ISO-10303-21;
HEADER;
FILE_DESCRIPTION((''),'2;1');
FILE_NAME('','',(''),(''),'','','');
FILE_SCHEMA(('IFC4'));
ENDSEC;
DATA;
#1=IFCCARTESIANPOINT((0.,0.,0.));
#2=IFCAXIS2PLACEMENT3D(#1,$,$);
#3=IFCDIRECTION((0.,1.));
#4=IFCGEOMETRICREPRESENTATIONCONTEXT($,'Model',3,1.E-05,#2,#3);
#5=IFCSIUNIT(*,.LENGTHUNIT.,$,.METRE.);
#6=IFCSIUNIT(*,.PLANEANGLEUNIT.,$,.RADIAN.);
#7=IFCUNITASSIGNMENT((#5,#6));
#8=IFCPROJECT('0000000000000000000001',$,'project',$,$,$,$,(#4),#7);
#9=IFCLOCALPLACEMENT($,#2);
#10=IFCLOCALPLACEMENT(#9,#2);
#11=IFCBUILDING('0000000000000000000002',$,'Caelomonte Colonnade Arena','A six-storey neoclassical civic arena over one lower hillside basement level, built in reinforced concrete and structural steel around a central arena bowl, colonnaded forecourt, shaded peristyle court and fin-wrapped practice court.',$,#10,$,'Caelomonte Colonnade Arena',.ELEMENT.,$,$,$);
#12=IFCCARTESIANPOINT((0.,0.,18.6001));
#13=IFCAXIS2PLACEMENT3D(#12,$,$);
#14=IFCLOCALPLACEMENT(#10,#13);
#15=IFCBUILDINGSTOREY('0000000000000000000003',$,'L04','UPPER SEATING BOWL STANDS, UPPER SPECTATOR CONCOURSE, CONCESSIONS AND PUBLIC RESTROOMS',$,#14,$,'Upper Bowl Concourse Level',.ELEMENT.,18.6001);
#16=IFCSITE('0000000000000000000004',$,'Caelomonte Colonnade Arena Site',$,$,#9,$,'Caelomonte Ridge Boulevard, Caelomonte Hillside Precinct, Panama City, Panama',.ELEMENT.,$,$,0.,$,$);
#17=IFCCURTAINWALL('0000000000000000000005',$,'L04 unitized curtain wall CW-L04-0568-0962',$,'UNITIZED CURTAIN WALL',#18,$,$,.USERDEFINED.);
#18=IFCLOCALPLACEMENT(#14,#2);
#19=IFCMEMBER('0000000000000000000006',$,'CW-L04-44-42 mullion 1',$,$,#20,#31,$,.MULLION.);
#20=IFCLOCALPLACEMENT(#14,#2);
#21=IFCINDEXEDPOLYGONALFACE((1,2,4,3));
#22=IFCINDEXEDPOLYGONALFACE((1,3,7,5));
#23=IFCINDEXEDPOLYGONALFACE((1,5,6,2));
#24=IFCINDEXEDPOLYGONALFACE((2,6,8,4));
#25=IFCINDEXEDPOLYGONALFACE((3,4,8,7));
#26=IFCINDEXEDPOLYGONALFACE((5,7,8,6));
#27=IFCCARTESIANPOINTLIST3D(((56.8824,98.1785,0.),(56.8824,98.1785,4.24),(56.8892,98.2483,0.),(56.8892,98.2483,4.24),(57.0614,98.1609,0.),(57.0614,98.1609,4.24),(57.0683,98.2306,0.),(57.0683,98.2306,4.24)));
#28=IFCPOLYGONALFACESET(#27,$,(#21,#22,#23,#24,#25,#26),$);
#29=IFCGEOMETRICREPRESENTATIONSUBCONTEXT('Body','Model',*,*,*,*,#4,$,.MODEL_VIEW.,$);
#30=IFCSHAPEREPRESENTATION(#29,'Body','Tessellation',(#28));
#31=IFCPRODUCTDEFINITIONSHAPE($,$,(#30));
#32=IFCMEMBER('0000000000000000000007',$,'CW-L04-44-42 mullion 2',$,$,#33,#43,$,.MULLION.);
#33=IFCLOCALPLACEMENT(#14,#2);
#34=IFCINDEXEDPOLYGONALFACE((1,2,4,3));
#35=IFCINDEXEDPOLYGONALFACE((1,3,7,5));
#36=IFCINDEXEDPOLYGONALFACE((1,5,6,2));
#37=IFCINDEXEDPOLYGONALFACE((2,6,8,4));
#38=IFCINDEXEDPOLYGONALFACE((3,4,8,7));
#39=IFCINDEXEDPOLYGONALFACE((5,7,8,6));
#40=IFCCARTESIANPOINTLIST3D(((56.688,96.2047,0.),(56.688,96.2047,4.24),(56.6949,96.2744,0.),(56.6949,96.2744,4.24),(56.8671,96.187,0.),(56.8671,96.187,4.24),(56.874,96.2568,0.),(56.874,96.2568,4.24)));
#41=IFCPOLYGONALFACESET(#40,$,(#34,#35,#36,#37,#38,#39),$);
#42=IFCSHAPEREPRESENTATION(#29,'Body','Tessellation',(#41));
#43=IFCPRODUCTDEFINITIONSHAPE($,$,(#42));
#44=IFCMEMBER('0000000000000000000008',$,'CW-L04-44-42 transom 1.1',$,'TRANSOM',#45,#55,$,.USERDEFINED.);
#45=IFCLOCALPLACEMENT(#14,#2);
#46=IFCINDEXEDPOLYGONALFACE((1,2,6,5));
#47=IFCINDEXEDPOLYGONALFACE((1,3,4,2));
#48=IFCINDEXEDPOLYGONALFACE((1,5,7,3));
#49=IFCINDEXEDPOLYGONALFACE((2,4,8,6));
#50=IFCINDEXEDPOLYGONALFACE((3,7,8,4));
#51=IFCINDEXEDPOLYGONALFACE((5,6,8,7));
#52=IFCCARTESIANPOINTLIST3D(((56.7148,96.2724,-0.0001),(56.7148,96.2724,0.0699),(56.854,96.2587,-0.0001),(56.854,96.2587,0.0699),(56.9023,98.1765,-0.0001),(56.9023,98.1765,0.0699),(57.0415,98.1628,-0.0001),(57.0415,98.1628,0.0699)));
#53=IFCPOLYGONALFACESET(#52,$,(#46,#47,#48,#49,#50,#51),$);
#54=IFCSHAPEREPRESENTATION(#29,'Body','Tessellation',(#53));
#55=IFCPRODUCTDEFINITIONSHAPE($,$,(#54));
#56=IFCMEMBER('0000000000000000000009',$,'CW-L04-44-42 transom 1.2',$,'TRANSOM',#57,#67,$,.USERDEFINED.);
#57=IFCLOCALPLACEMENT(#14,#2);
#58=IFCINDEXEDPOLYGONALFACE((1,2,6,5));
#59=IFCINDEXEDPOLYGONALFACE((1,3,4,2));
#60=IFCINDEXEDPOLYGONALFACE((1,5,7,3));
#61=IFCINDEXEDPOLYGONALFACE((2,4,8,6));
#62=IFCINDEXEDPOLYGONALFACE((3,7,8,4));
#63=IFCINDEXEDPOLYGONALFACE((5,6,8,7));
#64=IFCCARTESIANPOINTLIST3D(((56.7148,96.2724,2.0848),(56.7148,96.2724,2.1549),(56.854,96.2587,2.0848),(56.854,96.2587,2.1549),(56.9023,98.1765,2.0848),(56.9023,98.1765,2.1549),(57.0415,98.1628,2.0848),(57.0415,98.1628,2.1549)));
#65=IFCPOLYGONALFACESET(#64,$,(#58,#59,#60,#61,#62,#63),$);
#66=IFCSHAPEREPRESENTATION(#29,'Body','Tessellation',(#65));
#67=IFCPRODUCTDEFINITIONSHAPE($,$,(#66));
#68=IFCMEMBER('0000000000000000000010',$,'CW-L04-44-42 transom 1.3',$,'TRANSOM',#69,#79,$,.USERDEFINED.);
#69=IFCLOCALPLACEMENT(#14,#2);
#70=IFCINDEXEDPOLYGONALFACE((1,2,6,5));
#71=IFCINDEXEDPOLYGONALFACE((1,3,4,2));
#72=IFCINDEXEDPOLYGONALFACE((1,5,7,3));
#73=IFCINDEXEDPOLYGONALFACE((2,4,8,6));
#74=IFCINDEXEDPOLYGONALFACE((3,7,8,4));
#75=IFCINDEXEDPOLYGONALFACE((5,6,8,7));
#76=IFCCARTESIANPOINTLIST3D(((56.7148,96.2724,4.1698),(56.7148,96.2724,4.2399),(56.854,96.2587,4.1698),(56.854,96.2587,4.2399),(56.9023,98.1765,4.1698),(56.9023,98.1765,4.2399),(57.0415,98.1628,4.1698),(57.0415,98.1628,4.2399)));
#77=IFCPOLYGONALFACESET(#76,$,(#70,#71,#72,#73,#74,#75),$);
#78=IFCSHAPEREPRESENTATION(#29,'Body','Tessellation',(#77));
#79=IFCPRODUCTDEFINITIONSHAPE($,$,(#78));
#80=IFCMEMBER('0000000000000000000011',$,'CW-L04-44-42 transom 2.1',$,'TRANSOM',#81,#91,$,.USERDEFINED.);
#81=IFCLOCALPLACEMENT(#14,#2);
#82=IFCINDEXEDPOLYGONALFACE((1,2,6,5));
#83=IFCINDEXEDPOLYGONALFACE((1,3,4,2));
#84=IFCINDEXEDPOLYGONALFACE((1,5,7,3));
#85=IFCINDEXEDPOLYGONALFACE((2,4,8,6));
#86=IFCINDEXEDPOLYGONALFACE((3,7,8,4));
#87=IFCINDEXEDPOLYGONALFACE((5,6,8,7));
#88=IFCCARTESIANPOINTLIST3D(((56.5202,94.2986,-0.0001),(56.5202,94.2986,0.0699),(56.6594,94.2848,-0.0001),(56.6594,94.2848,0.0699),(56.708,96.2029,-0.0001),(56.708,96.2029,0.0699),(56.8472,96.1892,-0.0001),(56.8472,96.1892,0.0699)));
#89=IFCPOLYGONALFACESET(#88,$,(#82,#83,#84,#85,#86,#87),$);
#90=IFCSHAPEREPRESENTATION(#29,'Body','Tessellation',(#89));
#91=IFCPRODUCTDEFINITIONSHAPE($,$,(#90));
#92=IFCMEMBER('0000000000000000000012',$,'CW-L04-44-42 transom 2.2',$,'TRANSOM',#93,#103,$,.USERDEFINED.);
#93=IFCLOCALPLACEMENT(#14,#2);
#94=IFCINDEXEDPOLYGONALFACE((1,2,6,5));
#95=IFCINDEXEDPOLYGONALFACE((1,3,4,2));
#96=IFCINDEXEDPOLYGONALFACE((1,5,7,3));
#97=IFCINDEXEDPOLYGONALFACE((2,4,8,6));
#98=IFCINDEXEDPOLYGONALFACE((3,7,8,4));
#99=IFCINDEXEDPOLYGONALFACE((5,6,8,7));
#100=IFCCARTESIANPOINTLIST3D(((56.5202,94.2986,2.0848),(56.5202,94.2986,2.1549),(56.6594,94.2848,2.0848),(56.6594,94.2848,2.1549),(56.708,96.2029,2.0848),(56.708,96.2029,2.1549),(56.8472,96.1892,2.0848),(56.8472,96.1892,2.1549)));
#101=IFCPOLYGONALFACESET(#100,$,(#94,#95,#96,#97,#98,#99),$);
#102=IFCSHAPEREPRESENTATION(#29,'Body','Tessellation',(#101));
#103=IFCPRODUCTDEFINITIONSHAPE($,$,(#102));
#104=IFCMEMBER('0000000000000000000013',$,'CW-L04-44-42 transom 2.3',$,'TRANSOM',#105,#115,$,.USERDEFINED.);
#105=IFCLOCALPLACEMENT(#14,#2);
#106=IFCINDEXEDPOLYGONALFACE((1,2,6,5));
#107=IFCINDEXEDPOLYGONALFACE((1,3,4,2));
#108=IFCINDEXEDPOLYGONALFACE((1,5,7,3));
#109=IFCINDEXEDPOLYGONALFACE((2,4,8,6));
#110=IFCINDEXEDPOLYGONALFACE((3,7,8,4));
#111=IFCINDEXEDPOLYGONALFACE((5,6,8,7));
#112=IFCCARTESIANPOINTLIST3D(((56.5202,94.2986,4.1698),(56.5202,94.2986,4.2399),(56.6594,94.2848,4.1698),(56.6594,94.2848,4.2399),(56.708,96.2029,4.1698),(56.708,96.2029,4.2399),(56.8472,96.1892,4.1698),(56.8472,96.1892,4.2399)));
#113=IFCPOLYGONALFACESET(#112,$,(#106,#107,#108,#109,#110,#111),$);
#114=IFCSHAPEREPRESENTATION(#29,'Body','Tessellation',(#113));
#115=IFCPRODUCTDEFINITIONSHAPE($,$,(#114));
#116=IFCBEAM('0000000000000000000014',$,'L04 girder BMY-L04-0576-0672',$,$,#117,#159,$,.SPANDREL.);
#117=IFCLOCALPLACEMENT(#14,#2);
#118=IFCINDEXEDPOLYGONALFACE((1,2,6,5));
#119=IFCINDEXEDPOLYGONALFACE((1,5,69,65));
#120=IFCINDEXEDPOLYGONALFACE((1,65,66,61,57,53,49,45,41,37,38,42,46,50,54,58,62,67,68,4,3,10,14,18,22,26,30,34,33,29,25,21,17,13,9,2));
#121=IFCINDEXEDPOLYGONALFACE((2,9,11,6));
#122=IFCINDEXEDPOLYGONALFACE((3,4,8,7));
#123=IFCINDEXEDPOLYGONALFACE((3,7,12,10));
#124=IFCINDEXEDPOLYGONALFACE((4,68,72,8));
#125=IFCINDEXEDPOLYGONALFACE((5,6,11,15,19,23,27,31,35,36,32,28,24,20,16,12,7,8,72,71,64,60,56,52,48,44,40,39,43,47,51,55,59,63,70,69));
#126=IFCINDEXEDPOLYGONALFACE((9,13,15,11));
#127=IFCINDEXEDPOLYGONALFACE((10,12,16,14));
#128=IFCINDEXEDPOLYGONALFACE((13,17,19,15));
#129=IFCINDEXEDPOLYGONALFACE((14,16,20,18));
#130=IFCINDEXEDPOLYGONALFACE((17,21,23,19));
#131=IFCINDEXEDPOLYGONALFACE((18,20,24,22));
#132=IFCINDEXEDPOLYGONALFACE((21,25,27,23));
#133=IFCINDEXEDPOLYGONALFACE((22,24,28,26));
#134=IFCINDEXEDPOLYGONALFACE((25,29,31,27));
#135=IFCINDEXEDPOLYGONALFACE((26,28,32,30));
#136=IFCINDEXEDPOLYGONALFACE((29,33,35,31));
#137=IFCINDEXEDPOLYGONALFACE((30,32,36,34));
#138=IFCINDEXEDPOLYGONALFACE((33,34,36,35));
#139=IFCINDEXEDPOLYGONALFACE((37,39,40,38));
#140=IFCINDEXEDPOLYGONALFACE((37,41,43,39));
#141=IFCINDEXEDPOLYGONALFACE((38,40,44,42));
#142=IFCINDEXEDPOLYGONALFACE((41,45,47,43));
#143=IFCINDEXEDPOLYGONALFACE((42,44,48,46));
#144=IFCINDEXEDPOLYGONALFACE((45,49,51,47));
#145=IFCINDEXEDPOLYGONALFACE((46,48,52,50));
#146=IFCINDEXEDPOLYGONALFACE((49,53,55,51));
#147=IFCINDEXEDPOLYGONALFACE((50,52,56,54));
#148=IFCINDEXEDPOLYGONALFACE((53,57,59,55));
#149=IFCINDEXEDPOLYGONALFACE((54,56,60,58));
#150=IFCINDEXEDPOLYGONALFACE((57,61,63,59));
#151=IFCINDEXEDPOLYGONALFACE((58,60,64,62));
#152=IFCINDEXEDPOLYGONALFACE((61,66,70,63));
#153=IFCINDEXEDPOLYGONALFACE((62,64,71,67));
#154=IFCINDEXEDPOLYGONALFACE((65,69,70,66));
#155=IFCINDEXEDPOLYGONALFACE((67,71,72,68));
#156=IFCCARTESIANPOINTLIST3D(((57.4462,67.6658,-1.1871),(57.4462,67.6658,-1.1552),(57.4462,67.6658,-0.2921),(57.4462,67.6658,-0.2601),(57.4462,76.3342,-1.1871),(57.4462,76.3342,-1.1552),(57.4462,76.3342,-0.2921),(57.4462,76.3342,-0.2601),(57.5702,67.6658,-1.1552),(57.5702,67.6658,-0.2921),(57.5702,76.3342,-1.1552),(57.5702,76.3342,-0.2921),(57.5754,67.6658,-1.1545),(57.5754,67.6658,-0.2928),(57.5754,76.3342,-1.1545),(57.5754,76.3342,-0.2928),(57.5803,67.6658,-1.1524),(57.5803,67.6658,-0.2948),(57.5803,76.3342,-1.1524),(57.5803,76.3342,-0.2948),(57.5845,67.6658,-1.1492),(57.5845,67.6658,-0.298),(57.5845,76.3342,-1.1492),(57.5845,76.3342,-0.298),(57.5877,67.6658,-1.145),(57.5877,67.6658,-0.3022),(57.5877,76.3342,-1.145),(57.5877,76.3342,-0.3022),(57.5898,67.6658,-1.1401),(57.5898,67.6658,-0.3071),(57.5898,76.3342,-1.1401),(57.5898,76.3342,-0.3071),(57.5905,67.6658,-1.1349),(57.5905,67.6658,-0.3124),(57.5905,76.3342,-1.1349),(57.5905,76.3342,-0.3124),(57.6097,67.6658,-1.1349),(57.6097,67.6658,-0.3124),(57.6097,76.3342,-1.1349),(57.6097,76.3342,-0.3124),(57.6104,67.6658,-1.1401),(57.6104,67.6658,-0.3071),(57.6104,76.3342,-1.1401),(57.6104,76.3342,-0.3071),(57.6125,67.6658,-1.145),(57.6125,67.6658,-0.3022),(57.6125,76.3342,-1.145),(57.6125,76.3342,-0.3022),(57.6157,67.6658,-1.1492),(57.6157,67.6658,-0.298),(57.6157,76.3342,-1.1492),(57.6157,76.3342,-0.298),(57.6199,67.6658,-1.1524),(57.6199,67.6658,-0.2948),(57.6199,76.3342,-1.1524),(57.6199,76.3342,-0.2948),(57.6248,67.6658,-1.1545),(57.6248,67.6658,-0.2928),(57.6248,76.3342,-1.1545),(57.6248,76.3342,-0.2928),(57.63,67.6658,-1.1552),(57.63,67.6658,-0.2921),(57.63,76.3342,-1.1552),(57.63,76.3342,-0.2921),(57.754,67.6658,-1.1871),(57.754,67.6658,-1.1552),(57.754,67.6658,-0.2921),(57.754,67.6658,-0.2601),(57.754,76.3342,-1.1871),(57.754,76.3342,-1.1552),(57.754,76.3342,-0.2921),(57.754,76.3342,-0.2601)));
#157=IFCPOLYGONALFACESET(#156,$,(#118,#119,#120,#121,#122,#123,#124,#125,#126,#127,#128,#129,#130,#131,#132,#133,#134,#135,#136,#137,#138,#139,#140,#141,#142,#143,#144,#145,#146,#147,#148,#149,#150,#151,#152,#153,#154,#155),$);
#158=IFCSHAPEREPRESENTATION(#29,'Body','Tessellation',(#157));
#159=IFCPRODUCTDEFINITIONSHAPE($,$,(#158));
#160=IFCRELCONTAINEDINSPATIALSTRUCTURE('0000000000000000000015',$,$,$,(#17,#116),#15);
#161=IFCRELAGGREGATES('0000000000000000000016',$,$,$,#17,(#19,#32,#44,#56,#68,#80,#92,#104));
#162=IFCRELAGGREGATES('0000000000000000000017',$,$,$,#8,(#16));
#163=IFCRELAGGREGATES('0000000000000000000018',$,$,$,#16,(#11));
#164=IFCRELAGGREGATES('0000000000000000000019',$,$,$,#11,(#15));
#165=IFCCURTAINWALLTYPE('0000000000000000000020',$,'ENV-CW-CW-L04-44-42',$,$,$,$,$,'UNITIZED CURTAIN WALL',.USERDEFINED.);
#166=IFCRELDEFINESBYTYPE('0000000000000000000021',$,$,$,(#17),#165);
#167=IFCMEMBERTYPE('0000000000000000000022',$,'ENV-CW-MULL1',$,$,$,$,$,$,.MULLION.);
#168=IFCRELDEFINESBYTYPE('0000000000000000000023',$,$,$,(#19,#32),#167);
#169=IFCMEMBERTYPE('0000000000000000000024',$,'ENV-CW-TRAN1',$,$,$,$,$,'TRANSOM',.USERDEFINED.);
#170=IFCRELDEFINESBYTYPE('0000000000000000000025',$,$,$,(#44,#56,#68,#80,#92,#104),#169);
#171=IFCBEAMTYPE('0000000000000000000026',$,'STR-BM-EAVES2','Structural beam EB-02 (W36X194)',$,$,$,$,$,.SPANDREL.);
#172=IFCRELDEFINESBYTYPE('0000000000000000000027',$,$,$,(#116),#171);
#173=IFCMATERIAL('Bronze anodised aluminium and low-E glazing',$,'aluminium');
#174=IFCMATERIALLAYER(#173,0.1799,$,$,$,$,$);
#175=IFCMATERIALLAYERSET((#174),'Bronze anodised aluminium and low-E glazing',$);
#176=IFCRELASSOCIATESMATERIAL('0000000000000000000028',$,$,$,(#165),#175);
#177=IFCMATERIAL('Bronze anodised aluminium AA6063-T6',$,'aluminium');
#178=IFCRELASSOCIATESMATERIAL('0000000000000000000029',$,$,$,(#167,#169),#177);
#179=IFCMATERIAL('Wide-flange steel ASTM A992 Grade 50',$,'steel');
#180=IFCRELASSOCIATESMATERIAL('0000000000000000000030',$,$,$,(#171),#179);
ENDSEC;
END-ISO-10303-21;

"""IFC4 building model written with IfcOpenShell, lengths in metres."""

from ifc_helpers import new_model, si_unit, direction, frame, origin, origin_2d, place, context, subcontext, project, spatial, rectangle, i_section, extrude, material, layer, layer_set, material_profile, profile_set, type_object, element, aggregate, save


model = new_model("IFC4")

# Units and contexts
model_context = context("Model", 3, precision=1e-05, world=origin(), true_north=direction((0.0, 1.0)))
body_context = subcontext(model_context, "Body", "Model", "MODEL_VIEW")
ifc_project = project(units=[si_unit("LENGTHUNIT", "METRE"), si_unit("PLANEANGLEUNIT", "RADIAN")], contexts=[model_context])

# Site, building, storey
site_placement = place(None, origin())
site = spatial("IfcSite", under=ifc_project, at=site_placement, Name="Caelomonte Colonnade Arena Site", LongName="Caelomonte Ridge Boulevard, Caelomonte Hillside Precinct, Panama City, Panama", CompositionType="ELEMENT", RefElevation=0.0)
building_placement = place(site_placement, origin())
building = spatial("IfcBuilding", under=site, at=building_placement, Name="Caelomonte Colonnade Arena", Description="A six-storey neoclassical civic arena over one lower hillside basement level, built in reinforced concrete and structural steel around a central arena bowl, colonnaded forecourt, shaded peristyle court and fin-wrapped practice court.", LongName="Caelomonte Colonnade Arena", CompositionType="ELEMENT")
storey_placement = place(building_placement, frame((0.0, 0.0, 18.6001)))
storey = spatial("IfcBuildingStorey", under=building, at=storey_placement, Name="L04", Description="UPPER SEATING BOWL STANDS, UPPER SPECTATOR CONCOURSE, CONCESSIONS AND PUBLIC RESTROOMS", LongName="Upper Bowl Concourse Level", CompositionType="ELEMENT", Elevation=18.6001)

# Shared definitions
ifc_material_1 = material(Name="Wide-flange steel ASTM A992 Grade 50", Category="steel")

# Shared definitions
ifc_material_2 = material(Name="Bronze anodised aluminium and low-E glazing", Category="aluminium")
ifc_layer_1 = layer(ifc_material_2, 0.1799)
ifc_layer_set_1 = layer_set([ifc_layer_1], Name="Bronze anodised aluminium and low-E glazing")
curtain_wall_type = type_object("IfcCurtainWallType", Name="ENV-CW-CW-L04-44-42", ElementType="UNITIZED CURTAIN WALL", PredefinedType="USERDEFINED", material=ifc_layer_set_1)
ifc_material_3 = material(Name="Bronze anodised aluminium AA6063-T6", Category="aluminium")
ifc_material_profile_1 = material_profile(ifc_material_3, rectangle(XDim=0.0701, YDim=0.1799, at=origin_2d()), Name="CWM-70X180")
ifc_profile_set_1 = profile_set([ifc_material_profile_1], Name="Bronze anodised aluminium AA6063-T6")
member_type_1 = type_object("IfcMemberType", Name="ENV-CW-MULL1", PredefinedType="MULLION", material=ifc_profile_set_1)

# Curtain wall, members
curtain_wall_1_placement = place(storey_placement, origin())
curtain_wall_1 = element("IfcCurtainWall", 1, at=curtain_wall_1_placement, inside=storey, type_object=curtain_wall_type, Name="L04 unitized curtain wall CW-L04-0568-0962", ObjectType="UNITIZED CURTAIN WALL", PredefinedType="USERDEFINED")
member_1_placement = place(storey_placement, frame((56.9753, 98.2046, 0.0), z_axis=(0.0, 0.0, 1.0), x_axis=(-0.098002, -0.995186, 0.0)))
member_1 = element("IfcMember", 2, at=member_1_placement, type_object=member_type_1, Name="CW-L04-44-42 mullion 1", PredefinedType="MULLION", context=body_context, shape_type="SweptSolid", body=[
    extrude(rectangle(XDim=0.0701, YDim=0.1799, at=origin_2d()), origin(), (0.0, 0.0, 1.0), 4.24),
])
member_2_placement = place(storey_placement, frame((56.781, 96.2307, 0.0), z_axis=(0.0, 0.0, 1.0), x_axis=(-0.098002, -0.995186, 0.0)))
member_2 = element("IfcMember", 3, at=member_2_placement, type_object=member_type_1, Name="CW-L04-44-42 mullion 2", PredefinedType="MULLION", context=body_context, shape_type="SweptSolid", body=[
    extrude(rectangle(XDim=0.0701, YDim=0.1799, at=origin_2d()), origin(), (0.0, 0.0, 1.0), 4.24),
])
ifc_material_profile_2 = material_profile(ifc_material_3, rectangle(XDim=0.0701, YDim=0.1399, at=origin_2d()), Name="CWT-70X140")
ifc_profile_set_2 = profile_set([ifc_material_profile_2], Name="Bronze anodised aluminium AA6063-T6")
member_type_2 = type_object("IfcMemberType", Name="ENV-CW-TRAN1", ElementType="TRANSOM", PredefinedType="USERDEFINED", material=ifc_profile_set_2)
member_3_placement = place(storey_placement, frame((56.9719, 98.1697, 0.0349), z_axis=(-0.098, -0.995186, 0.0), x_axis=(0.0, 0.0, 1.0)))
member_3 = element("IfcMember", 4, at=member_3_placement, type_object=member_type_2, Name="CW-L04-44-42 transom 1.1", ObjectType="TRANSOM", PredefinedType="USERDEFINED", context=body_context, shape_type="SweptSolid", body=[
    extrude(rectangle(XDim=0.0701, YDim=0.1399, at=origin_2d()), origin(), (0.0, 0.0, 1.0), 1.9133),
])
member_4_placement = place(storey_placement, frame((56.9719, 98.1697, 2.1199), z_axis=(-0.098, -0.995186, 0.0), x_axis=(0.0, 0.0, 1.0)))
member_4 = element("IfcMember", 5, at=member_4_placement, type_object=member_type_2, Name="CW-L04-44-42 transom 1.2", ObjectType="TRANSOM", PredefinedType="USERDEFINED", context=body_context, shape_type="SweptSolid", body=[
    extrude(rectangle(XDim=0.0701, YDim=0.1399, at=origin_2d()), origin(), (0.0, 0.0, 1.0), 1.9133),
])
member_5_placement = place(storey_placement, frame((56.9719, 98.1697, 4.2048), z_axis=(-0.098, -0.995186, 0.0), x_axis=(0.0, 0.0, 1.0)))
member_5 = element("IfcMember", 6, at=member_5_placement, type_object=member_type_2, Name="CW-L04-44-42 transom 1.3", ObjectType="TRANSOM", PredefinedType="USERDEFINED", context=body_context, shape_type="SweptSolid", body=[
    extrude(rectangle(XDim=0.0701, YDim=0.1399, at=origin_2d()), origin(), (0.0, 0.0, 1.0), 1.9133),
])
member_6_placement = place(storey_placement, frame((56.7776, 96.196, 0.0349), z_axis=(-0.098114, -0.995175, 0.0), x_axis=(0.0, 0.0, 1.0)))
member_6 = element("IfcMember", 7, at=member_6_placement, type_object=member_type_2, Name="CW-L04-44-42 transom 2.1", ObjectType="TRANSOM", PredefinedType="USERDEFINED", context=body_context, shape_type="SweptSolid", body=[
    extrude(rectangle(XDim=0.0701, YDim=0.1399, at=origin_2d()), origin(), (0.0, 0.0, 1.0), 1.9136),
])
member_7_placement = place(storey_placement, frame((56.7776, 96.196, 2.1199), z_axis=(-0.098114, -0.995175, 0.0), x_axis=(0.0, 0.0, 1.0)))
member_7 = element("IfcMember", 8, at=member_7_placement, type_object=member_type_2, Name="CW-L04-44-42 transom 2.2", ObjectType="TRANSOM", PredefinedType="USERDEFINED", context=body_context, shape_type="SweptSolid", body=[
    extrude(rectangle(XDim=0.0701, YDim=0.1399, at=origin_2d()), origin(), (0.0, 0.0, 1.0), 1.9136),
])
member_8_placement = place(storey_placement, frame((56.7776, 96.196, 4.2048), z_axis=(-0.098114, -0.995175, 0.0), x_axis=(0.0, 0.0, 1.0)))
member_8 = element("IfcMember", 9, at=member_8_placement, type_object=member_type_2, Name="CW-L04-44-42 transom 2.3", ObjectType="TRANSOM", PredefinedType="USERDEFINED", context=body_context, shape_type="SweptSolid", body=[
    extrude(rectangle(XDim=0.0701, YDim=0.1399, at=origin_2d()), origin(), (0.0, 0.0, 1.0), 1.9136),
])

# Beam
ifc_material_profile_3 = material_profile(ifc_material_1, i_section(OverallWidth=0.3079, OverallDepth=0.927, WebThickness=0.0193, FlangeThickness=0.032, FilletRadius=0.0203, at=origin_2d()), Name="W36X194")
ifc_profile_set_3 = profile_set([ifc_material_profile_3], Name="Wide-flange steel ASTM A992 Grade 50")
beam_type_1 = type_object("IfcBeamType", Name="STR-BM-EAVES2", Description="Structural beam EB-02 (W36X194)", PredefinedType="SPANDREL", material=ifc_profile_set_3)
beam_1_placement = place(storey_placement, frame((57.6001, 67.6658, -0.7236), z_axis=(0.0, 1.0, 0.0), x_axis=(-1.0, 0.0, 0.0)))
element("IfcBeam", 10, at=beam_1_placement, inside=storey, type_object=beam_type_1, Name="L04 girder BMY-L04-0576-0672", PredefinedType="SPANDREL", context=body_context, shape_type="SweptSolid", body=[
    extrude(i_section(OverallWidth=0.3079, OverallDepth=0.927, WebThickness=0.0193, FlangeThickness=0.032, FilletRadius=0.0203, at=origin_2d()), origin(), (0.0, 0.0, 1.0), 8.6685),
])

aggregate(curtain_wall_1, [member_1, member_2, member_3, member_4, member_5, member_6, member_7, member_8])

save(model, "model.ifc")
